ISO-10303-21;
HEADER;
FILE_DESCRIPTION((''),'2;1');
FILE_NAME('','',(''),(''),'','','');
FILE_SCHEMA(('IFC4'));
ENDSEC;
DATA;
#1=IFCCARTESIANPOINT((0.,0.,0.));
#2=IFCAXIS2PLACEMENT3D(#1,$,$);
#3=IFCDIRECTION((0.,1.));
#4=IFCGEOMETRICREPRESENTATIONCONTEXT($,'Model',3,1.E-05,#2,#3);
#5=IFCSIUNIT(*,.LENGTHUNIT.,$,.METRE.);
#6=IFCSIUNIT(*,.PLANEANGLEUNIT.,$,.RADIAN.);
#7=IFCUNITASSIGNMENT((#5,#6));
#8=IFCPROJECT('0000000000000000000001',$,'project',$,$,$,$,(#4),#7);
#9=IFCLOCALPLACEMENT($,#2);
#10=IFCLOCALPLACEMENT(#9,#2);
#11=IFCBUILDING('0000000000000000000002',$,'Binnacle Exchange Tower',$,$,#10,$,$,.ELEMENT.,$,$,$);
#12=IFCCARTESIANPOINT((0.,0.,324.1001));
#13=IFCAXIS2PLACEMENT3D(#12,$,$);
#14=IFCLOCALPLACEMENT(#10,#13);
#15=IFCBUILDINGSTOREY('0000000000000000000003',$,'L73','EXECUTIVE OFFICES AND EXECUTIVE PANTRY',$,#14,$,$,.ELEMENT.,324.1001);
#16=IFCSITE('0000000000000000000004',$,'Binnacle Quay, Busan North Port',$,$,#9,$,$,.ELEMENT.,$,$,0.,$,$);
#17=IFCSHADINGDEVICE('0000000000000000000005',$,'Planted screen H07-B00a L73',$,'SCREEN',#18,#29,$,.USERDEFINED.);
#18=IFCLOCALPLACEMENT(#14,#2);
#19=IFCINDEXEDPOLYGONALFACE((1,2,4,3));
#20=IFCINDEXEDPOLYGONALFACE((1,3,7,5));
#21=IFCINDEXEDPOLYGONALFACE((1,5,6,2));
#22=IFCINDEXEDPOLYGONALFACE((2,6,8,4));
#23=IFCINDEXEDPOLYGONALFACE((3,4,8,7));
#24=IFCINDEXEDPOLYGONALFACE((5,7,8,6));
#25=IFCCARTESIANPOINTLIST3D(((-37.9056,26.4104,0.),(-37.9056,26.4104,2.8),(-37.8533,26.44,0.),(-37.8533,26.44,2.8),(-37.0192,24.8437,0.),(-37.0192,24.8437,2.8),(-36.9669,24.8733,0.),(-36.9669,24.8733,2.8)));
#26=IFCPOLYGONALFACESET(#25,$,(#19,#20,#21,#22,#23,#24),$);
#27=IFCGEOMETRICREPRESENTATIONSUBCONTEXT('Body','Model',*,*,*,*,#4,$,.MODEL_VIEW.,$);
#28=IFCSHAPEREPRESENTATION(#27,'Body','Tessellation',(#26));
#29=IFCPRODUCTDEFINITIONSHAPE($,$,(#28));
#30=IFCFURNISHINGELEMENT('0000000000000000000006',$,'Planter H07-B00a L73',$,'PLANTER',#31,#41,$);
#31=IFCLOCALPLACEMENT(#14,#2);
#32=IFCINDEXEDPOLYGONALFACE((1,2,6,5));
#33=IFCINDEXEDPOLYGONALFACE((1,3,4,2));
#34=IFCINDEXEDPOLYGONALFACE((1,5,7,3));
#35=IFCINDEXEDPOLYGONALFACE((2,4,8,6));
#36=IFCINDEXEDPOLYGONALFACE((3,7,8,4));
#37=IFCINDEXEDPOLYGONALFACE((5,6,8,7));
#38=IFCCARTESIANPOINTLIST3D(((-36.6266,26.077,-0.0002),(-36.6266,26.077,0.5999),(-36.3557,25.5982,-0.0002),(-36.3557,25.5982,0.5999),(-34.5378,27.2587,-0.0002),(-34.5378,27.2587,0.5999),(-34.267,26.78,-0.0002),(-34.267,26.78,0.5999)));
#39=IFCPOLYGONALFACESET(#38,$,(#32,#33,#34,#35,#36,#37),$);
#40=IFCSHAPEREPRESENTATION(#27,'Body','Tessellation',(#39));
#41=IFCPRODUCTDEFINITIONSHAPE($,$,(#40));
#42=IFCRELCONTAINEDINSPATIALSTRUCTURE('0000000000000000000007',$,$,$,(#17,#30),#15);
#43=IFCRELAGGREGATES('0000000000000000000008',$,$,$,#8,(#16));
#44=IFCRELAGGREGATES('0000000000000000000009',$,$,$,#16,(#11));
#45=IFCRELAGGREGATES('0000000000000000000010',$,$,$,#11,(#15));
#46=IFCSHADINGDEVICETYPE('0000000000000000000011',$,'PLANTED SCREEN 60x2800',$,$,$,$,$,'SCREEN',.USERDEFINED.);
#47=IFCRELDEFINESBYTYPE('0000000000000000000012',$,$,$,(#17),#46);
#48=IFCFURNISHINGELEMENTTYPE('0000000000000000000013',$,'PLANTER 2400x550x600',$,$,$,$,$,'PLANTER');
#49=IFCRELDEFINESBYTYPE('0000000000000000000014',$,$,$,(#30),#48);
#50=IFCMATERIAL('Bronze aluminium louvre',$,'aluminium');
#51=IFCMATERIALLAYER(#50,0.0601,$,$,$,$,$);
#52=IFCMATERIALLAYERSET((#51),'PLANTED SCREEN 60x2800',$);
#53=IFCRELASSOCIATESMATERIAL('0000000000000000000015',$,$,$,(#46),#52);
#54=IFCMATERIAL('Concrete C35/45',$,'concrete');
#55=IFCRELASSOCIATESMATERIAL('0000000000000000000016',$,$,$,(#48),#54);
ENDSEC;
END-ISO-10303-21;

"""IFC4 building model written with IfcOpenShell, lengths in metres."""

from ifc_helpers import new_model, si_unit, direction, frame, origin, origin_2d, place, context, subcontext, project, spatial, rectangle, extrude, material, layer, layer_set, type_object, element, save


model = new_model("IFC4")

# Units and contexts
model_context = context("Model", 3, precision=1e-05, world=origin(), true_north=direction((0.0, 1.0)))
body_context = subcontext(model_context, "Body", "Model", "MODEL_VIEW")
ifc_project = project(units=[si_unit("LENGTHUNIT", "METRE"), si_unit("PLANEANGLEUNIT", "RADIAN")], contexts=[model_context])

# Site, building, storey
site_placement = place(None, origin())
site = spatial("IfcSite", under=ifc_project, at=site_placement, Name="Binnacle Quay, Busan North Port", CompositionType="ELEMENT", RefElevation=0.0)
building_placement = place(site_placement, origin())
building = spatial("IfcBuilding", under=site, at=building_placement, Name="Binnacle Exchange Tower", CompositionType="ELEMENT")
storey_placement = place(building_placement, frame((0.0, 0.0, 324.1001)))
storey = spatial("IfcBuildingStorey", under=building, at=storey_placement, Name="L73", Description="EXECUTIVE OFFICES AND EXECUTIVE PANTRY", CompositionType="ELEMENT", Elevation=324.1001)

# Shading device
ifc_material_1 = material(Name="Bronze aluminium louvre", Category="aluminium")
ifc_layer_1 = layer(ifc_material_1, 0.0601)
ifc_layer_set_1 = layer_set([ifc_layer_1], Name="PLANTED SCREEN 60x2800")
shading_device_type = type_object("IfcShadingDeviceType", Name="PLANTED SCREEN 60x2800", ElementType="SCREEN", PredefinedType="USERDEFINED", material=ifc_layer_set_1)
shading_device_placement = place(storey_placement, frame((-37.4363, 25.6418, 0.0), z_axis=(0.0, 0.0, 1.0), x_axis=(0.870356, 0.492424, 0.0)))
element("IfcShadingDevice", 1, at=shading_device_placement, inside=storey, type_object=shading_device_type, Name="Planted screen H07-B00a L73", ObjectType="SCREEN", PredefinedType="USERDEFINED", context=body_context, shape_type="SweptSolid", body=[
    extrude(rectangle(XDim=0.0601, YDim=1.8, at=origin_2d()), origin(), (0.0, 0.0, 1.0), 2.8),
])

# Furnishing element
ifc_material_2 = material(Name="Concrete C35/45", Category="concrete")
furnishing_element_type = type_object("IfcFurnishingElementType", Name="PLANTER 2400x550x600", ElementType="PLANTER", material=ifc_material_2)
furnishing_placement = place(storey_placement, frame((-35.4468, 26.4285, -0.0002), z_axis=(0.0, 0.0, 1.0), x_axis=(0.870356, 0.492424, 0.0)))
element("IfcFurnishingElement", 2, at=furnishing_placement, inside=storey, type_object=furnishing_element_type, Name="Planter H07-B00a L73", ObjectType="PLANTER", context=body_context, shape_type="SweptSolid", body=[
    extrude(rectangle(XDim=2.3999, YDim=0.55, at=origin_2d()), origin(), (0.0, 0.0, 1.0), 0.6001),
])

save(model, "model.ifc")
